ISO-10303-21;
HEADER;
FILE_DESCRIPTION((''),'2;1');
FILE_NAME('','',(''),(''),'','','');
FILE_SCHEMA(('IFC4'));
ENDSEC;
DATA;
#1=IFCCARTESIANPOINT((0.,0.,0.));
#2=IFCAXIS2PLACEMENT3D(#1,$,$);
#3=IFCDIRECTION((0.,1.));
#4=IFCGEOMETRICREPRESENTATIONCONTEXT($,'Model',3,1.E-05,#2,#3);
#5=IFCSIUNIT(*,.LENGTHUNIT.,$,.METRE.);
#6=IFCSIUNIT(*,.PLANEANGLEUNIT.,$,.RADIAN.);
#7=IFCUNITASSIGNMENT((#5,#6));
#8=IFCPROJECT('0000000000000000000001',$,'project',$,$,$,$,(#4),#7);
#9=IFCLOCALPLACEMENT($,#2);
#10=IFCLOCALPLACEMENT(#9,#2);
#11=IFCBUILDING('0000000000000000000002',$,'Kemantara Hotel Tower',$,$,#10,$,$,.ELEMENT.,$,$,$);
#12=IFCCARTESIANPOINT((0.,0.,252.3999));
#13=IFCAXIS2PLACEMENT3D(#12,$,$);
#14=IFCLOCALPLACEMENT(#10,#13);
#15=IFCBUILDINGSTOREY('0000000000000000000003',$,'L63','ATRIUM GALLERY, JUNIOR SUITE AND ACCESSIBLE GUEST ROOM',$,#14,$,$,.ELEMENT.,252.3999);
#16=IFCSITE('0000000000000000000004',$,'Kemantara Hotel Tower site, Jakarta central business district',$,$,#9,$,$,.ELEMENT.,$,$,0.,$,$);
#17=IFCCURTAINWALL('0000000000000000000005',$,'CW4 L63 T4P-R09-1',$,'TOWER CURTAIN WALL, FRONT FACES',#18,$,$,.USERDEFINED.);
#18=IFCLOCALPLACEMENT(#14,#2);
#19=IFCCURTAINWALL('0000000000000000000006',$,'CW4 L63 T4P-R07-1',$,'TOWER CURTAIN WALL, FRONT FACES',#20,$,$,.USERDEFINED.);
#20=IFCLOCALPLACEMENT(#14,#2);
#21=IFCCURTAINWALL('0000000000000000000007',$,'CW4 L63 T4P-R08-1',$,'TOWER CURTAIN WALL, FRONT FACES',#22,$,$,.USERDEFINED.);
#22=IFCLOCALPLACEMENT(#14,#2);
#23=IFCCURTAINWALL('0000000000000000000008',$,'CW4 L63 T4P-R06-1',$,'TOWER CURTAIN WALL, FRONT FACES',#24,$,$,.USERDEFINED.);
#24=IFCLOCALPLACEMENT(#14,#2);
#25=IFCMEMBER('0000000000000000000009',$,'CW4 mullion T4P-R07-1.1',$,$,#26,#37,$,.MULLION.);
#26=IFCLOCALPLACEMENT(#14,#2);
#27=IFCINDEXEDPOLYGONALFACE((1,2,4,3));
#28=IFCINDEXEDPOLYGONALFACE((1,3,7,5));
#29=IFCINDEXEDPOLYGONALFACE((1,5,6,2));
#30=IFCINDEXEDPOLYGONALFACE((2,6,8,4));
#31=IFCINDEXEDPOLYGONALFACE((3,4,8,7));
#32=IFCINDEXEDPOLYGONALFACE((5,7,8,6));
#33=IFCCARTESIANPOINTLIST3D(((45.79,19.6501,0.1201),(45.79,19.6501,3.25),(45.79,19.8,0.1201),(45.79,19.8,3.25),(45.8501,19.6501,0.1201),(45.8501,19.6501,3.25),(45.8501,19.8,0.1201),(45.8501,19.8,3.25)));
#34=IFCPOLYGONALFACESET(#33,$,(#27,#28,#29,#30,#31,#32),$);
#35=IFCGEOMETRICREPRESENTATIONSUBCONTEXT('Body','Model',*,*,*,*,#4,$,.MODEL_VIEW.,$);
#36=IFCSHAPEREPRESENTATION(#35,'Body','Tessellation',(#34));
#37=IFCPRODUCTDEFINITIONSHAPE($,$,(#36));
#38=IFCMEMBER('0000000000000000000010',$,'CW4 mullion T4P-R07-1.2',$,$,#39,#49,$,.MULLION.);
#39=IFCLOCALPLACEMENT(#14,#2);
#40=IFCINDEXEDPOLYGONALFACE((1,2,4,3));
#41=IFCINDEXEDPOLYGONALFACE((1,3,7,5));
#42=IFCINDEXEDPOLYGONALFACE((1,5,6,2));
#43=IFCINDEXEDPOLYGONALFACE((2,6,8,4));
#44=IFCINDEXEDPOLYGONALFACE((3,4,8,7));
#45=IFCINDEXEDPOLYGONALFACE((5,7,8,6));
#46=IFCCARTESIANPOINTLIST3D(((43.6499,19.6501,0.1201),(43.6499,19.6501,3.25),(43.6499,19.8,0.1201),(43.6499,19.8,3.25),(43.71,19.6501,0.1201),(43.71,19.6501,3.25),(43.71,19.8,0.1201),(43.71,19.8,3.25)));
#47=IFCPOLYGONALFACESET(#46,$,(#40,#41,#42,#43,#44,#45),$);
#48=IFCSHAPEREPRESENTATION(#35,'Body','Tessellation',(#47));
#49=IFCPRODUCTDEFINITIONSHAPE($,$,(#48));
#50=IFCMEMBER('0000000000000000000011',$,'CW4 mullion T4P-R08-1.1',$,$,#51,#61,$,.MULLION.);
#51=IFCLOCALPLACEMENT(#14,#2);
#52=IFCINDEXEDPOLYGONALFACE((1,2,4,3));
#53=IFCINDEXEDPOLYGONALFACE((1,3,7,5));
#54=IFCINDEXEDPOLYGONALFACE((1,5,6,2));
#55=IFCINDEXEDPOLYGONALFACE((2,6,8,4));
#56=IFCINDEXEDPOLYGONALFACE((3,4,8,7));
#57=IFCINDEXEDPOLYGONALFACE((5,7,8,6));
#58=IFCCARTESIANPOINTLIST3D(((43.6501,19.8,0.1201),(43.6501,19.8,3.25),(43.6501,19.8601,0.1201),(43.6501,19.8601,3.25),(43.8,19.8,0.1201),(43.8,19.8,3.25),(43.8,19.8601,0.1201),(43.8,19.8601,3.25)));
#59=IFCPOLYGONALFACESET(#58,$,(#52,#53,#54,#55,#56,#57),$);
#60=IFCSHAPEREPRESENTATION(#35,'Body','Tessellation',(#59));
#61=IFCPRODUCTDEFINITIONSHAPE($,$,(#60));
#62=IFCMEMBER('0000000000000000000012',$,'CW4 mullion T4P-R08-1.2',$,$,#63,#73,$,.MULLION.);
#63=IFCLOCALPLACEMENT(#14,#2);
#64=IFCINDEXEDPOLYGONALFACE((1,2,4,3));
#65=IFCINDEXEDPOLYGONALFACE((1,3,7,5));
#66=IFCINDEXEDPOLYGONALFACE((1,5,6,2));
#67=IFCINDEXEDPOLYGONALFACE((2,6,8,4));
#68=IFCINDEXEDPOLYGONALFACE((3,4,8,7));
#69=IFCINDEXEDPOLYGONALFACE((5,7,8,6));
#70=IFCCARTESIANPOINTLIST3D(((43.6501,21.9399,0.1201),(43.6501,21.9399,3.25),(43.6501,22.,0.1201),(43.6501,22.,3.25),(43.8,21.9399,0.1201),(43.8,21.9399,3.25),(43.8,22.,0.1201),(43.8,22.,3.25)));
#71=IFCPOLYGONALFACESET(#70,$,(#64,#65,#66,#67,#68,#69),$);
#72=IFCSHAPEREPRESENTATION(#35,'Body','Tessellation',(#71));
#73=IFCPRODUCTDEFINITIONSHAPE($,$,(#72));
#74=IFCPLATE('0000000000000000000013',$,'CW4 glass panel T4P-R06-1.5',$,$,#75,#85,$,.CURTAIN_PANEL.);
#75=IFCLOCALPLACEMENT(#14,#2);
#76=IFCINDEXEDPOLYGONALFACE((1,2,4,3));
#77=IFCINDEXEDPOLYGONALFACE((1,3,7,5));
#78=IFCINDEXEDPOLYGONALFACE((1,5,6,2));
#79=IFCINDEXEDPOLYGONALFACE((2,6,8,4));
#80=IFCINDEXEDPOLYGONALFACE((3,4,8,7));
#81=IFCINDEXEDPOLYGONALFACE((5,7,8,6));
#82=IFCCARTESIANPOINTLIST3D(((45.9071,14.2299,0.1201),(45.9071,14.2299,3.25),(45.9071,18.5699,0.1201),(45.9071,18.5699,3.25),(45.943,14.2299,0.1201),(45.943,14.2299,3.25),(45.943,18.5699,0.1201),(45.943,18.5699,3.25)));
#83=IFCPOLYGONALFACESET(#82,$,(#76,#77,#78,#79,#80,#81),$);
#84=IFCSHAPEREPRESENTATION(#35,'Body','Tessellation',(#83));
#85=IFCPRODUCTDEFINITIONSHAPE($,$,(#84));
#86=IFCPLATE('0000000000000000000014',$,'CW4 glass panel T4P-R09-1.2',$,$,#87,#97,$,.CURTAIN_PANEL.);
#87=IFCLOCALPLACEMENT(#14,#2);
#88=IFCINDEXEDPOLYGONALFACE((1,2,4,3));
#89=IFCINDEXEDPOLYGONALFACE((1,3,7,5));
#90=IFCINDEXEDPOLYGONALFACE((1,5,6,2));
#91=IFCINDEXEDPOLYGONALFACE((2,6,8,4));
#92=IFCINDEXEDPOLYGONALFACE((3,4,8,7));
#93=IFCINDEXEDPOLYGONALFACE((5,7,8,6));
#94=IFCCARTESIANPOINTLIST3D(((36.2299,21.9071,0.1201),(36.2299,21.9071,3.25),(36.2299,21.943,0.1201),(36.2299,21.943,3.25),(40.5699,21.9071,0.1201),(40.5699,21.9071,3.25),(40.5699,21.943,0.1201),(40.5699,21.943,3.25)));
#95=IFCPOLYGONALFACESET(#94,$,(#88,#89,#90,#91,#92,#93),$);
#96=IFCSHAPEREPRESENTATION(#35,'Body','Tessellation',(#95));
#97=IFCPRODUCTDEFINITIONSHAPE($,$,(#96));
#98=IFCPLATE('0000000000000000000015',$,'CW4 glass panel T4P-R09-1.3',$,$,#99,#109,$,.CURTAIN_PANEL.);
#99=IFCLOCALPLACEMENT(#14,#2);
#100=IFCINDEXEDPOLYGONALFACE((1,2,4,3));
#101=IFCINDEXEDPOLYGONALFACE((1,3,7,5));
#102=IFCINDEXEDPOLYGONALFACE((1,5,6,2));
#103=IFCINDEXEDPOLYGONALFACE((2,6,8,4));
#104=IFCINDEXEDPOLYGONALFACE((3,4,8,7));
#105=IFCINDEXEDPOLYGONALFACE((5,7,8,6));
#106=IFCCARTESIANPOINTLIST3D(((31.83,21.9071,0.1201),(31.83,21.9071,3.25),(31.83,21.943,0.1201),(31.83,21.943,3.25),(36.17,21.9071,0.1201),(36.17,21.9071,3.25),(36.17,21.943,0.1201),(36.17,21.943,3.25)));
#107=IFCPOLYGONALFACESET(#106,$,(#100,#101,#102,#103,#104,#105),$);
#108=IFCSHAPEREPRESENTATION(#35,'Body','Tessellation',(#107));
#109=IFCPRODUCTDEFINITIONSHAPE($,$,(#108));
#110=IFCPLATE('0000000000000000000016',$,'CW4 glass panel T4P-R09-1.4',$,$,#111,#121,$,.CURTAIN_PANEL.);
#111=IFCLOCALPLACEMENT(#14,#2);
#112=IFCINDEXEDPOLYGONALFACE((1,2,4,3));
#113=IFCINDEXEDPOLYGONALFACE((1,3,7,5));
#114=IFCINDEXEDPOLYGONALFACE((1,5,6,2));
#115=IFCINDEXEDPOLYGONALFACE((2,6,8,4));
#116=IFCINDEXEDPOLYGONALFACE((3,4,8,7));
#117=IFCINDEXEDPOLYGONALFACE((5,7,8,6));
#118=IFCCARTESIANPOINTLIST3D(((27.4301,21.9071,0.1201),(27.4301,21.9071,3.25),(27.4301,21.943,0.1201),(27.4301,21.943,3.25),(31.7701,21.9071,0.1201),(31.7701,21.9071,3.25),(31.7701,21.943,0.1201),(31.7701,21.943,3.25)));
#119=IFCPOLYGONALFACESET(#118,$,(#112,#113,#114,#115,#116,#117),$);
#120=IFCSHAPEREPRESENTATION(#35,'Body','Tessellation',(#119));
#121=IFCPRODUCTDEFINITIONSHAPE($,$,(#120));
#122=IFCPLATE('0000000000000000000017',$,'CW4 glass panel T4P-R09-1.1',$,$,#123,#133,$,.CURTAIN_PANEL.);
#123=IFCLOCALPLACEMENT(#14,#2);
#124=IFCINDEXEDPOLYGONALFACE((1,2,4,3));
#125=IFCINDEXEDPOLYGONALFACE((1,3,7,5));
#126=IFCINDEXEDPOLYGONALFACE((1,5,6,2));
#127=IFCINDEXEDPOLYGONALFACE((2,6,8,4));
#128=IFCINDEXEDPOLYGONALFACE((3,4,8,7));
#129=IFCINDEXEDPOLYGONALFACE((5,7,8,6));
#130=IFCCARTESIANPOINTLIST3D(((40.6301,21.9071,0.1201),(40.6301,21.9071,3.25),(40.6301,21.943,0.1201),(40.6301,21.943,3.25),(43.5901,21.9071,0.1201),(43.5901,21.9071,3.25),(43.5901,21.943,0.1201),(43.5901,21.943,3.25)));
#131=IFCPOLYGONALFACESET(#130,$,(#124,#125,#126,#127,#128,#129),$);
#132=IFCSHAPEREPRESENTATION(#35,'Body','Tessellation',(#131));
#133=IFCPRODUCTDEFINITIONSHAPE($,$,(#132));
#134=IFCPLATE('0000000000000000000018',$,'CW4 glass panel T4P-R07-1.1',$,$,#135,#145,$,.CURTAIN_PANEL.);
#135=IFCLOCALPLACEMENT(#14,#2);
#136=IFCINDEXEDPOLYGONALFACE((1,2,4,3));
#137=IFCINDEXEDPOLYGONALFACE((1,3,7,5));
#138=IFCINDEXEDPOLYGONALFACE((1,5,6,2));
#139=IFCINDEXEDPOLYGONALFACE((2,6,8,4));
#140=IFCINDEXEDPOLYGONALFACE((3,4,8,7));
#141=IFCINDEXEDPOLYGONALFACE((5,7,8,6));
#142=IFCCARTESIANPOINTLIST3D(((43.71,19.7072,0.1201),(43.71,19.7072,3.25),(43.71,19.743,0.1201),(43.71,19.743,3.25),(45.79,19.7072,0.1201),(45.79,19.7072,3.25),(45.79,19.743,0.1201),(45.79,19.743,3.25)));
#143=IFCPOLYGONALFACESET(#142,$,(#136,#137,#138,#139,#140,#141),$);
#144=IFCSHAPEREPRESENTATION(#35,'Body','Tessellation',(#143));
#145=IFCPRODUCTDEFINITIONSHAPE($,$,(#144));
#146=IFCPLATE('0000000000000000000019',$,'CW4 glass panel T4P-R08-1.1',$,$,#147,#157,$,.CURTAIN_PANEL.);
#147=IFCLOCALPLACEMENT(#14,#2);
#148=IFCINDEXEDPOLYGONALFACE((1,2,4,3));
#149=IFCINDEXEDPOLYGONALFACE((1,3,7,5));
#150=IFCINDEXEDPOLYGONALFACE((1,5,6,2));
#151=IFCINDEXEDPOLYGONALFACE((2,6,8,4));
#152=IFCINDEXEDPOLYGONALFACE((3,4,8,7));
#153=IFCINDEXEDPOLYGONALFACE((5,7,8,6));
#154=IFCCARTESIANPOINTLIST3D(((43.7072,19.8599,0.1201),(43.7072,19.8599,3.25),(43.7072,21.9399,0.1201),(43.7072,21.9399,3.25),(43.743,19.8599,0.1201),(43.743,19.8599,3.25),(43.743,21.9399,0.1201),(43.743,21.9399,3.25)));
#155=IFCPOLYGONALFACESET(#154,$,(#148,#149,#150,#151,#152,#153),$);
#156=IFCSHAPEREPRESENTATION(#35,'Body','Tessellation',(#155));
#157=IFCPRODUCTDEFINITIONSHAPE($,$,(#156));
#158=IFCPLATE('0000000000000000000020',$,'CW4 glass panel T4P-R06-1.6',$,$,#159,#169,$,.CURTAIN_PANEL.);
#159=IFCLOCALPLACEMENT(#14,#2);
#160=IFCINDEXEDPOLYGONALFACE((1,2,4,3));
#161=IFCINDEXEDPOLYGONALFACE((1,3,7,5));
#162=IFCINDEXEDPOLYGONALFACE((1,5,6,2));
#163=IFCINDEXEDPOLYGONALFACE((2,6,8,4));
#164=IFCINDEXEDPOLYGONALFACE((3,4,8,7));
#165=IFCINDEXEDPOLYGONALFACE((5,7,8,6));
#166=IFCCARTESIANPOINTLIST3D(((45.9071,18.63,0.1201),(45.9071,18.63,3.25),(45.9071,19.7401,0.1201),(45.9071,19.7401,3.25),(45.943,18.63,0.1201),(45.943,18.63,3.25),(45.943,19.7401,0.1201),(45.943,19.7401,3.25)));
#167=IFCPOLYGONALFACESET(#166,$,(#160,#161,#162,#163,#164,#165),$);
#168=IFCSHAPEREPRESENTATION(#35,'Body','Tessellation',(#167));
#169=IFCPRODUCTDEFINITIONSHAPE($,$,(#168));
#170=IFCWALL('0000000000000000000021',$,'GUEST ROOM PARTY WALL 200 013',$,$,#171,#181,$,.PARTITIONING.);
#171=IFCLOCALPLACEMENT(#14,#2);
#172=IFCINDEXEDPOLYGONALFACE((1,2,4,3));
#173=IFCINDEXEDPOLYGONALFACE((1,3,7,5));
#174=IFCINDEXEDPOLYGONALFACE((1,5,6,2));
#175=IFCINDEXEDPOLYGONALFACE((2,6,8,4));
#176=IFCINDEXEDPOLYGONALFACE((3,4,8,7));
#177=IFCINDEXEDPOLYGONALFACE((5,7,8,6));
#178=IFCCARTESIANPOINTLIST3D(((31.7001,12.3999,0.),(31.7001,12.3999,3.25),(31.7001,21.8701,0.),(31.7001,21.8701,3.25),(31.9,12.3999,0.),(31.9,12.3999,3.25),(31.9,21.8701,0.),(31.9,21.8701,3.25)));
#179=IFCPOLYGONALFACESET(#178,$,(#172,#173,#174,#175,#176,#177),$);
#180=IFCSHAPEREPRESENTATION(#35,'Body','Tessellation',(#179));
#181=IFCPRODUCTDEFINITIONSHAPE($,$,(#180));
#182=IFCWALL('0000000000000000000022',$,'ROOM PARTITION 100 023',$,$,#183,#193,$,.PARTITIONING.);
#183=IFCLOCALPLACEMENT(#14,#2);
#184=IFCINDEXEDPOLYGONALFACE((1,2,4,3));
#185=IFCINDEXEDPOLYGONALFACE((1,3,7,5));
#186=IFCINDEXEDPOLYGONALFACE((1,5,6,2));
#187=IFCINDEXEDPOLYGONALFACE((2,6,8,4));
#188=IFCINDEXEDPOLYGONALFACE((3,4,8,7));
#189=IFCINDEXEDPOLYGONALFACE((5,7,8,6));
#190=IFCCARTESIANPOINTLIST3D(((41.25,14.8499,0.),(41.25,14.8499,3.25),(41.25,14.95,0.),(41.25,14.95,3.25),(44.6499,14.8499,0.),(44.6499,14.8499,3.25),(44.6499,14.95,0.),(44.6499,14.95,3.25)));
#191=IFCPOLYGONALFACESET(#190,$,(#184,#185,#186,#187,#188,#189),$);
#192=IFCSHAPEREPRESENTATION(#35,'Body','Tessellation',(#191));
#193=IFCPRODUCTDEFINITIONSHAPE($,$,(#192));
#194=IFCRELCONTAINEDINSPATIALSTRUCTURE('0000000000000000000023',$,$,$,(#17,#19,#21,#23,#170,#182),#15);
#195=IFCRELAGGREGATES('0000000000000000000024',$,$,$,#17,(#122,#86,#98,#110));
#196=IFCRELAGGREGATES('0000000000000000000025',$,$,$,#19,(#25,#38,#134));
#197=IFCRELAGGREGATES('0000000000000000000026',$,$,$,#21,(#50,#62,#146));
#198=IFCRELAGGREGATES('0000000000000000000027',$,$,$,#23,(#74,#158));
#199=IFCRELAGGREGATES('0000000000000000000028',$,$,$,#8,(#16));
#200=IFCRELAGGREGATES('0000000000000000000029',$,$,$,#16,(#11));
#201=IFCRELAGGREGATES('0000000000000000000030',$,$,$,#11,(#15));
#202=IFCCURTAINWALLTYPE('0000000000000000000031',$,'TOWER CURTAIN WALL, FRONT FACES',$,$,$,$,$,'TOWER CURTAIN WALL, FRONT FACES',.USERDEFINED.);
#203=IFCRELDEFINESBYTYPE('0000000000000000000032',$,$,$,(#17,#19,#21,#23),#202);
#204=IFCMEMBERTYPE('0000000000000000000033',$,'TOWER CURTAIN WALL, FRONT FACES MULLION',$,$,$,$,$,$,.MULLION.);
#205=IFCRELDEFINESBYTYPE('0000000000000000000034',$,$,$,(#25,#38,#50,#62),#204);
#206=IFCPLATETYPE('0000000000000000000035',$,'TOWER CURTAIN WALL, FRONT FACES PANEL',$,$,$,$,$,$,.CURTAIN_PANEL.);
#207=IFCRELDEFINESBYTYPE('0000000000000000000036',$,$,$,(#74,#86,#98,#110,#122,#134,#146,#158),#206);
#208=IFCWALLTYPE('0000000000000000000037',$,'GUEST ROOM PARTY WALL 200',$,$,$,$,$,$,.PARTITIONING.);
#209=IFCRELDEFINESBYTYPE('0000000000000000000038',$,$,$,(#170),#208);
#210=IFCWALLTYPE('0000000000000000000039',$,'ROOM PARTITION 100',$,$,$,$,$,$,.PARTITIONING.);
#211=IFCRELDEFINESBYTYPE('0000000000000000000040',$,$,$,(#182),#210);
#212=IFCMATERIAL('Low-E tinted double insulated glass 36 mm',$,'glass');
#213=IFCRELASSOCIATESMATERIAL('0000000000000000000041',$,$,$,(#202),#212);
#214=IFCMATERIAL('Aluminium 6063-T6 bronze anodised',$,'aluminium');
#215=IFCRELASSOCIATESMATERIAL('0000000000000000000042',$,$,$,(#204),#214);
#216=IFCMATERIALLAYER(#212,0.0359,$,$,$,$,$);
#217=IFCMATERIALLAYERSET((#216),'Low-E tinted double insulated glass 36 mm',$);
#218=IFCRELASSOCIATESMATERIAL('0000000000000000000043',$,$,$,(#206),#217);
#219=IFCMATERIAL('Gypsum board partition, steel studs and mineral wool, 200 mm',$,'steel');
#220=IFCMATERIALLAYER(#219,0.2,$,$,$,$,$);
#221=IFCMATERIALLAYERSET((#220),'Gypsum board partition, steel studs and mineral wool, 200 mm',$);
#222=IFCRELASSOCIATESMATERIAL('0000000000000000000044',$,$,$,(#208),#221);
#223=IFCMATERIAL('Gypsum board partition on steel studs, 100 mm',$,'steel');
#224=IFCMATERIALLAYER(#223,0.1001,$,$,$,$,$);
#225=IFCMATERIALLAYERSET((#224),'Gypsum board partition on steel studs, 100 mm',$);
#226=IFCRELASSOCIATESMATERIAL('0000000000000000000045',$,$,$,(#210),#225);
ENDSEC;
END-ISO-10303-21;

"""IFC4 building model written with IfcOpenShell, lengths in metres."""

from ifc_helpers import new_model, si_unit, direction, frame, frame_2d, origin, origin_2d, place, context, subcontext, project, spatial, rectangle, extrude, source, transform, mapped, material, layer, layer_set, material_profile, profile_set, type_object, element, aggregate, save


model = new_model("IFC4")

# Units and contexts
model_context = context("Model", 3, precision=1e-05, world=origin(), true_north=direction((0.0, 1.0)))
body_context = subcontext(model_context, "Body", "Model", "MODEL_VIEW")
ifc_project = project(units=[si_unit("LENGTHUNIT", "METRE"), si_unit("PLANEANGLEUNIT", "RADIAN")], contexts=[model_context])

# Site, building, storey
site_placement = place(None, origin())
site = spatial("IfcSite", under=ifc_project, at=site_placement, Name="Kemantara Hotel Tower site, Jakarta central business district", CompositionType="ELEMENT", RefElevation=0.0)
building_placement = place(site_placement, origin())
building = spatial("IfcBuilding", under=site, at=building_placement, Name="Kemantara Hotel Tower", CompositionType="ELEMENT")
storey_placement = place(building_placement, frame((0.0, 0.0, 252.3999)))
storey = spatial("IfcBuildingStorey", under=building, at=storey_placement, Name="L63", Description="ATRIUM GALLERY, JUNIOR SUITE AND ACCESSIBLE GUEST ROOM", CompositionType="ELEMENT", Elevation=252.3999)

# Curtain walls
ifc_material_1 = material(Name="Low-E tinted double insulated glass 36 mm", Category="glass")
curtain_wall_type = type_object("IfcCurtainWallType", Name="TOWER CURTAIN WALL, FRONT FACES", ElementType="TOWER CURTAIN WALL, FRONT FACES", PredefinedType="USERDEFINED", material=ifc_material_1)
curtain_wall_1_placement = place(storey_placement, origin())
curtain_wall_1 = element("IfcCurtainWall", 1, at=curtain_wall_1_placement, inside=storey, type_object=curtain_wall_type, Name="CW4 L63 T4P-R09-1", ObjectType="TOWER CURTAIN WALL, FRONT FACES", PredefinedType="USERDEFINED")
ifc_material_2 = material(Name="Aluminium 6063-T6 bronze anodised", Category="aluminium")
curtain_wall_2_placement = place(storey_placement, origin())
curtain_wall_2 = element("IfcCurtainWall", 2, at=curtain_wall_2_placement, inside=storey, type_object=curtain_wall_type, Name="CW4 L63 T4P-R07-1", ObjectType="TOWER CURTAIN WALL, FRONT FACES", PredefinedType="USERDEFINED")
curtain_wall_3_placement = place(storey_placement, origin())
curtain_wall_3 = element("IfcCurtainWall", 3, at=curtain_wall_3_placement, inside=storey, type_object=curtain_wall_type, Name="CW4 L63 T4P-R08-1", ObjectType="TOWER CURTAIN WALL, FRONT FACES", PredefinedType="USERDEFINED")

# Curtain wall
curtain_wall_4_placement = place(storey_placement, origin())
curtain_wall_4 = element("IfcCurtainWall", 4, at=curtain_wall_4_placement, inside=storey, type_object=curtain_wall_type, Name="CW4 L63 T4P-R06-1", ObjectType="TOWER CURTAIN WALL, FRONT FACES", PredefinedType="USERDEFINED")
ifc_material_profile_1 = material_profile(ifc_material_2, rectangle(XDim=0.1499, YDim=0.0601, at=origin_2d()), Name="TOWER CURTAIN WALL, FRONT FACES MULLION")
ifc_profile_set_1 = profile_set([ifc_material_profile_1], Name="Aluminium 6063-T6 bronze anodised")
member_type_1 = type_object("IfcMemberType", Name="TOWER CURTAIN WALL, FRONT FACES MULLION", PredefinedType="MULLION", material=ifc_profile_set_1)
shared_shape_1 = source(origin(), body_context, "Body", "SweptSolid", [
    extrude(rectangle(XDim=0.1499, YDim=0.0601, at=origin_2d()), origin(), (0.0, 0.0, 1.0), 3.1299),
])

# Members
member_1_placement = place(storey_placement, frame((45.8201, 19.7251, 0.1201), z_axis=(0.0, 0.0, 1.0), x_axis=(0.0, -1.0, 0.0)))
member_1 = element("IfcMember", 5, at=member_1_placement, type_object=member_type_1, Name="CW4 mullion T4P-R07-1.1", PredefinedType="MULLION", context=body_context, shape_type="MappedRepresentation", body=[
    mapped(shared_shape_1, transform((0.0, 0.0, 0.0))),
])
member_2_placement = place(storey_placement, frame((43.6799, 19.7251, 0.1201), z_axis=(0.0, 0.0, 1.0), x_axis=(0.0, -1.0, 0.0)))
member_2 = element("IfcMember", 6, at=member_2_placement, type_object=member_type_1, Name="CW4 mullion T4P-R07-1.2", PredefinedType="MULLION", context=body_context, shape_type="MappedRepresentation", body=[
    mapped(shared_shape_1, transform((0.0, 0.0, 0.0))),
])
member_3_placement = place(storey_placement, frame((43.7251, 19.8301, 0.1201), z_axis=(0.0, 0.0, 1.0), x_axis=(-1.0, 0.0, 0.0)))
member_3 = element("IfcMember", 7, at=member_3_placement, type_object=member_type_1, Name="CW4 mullion T4P-R08-1.1", PredefinedType="MULLION", context=body_context, shape_type="MappedRepresentation", body=[
    mapped(shared_shape_1, transform((0.0, 0.0, 0.0))),
])
member_4_placement = place(storey_placement, frame((43.7251, 21.97, 0.1201), z_axis=(0.0, 0.0, 1.0), x_axis=(-1.0, 0.0, 0.0)))
member_4 = element("IfcMember", 8, at=member_4_placement, type_object=member_type_1, Name="CW4 mullion T4P-R08-1.2", PredefinedType="MULLION", context=body_context, shape_type="MappedRepresentation", body=[
    mapped(shared_shape_1, transform((0.0, 0.0, 0.0))),
])

# Plates
ifc_layer_1 = layer(ifc_material_1, 0.0359)
ifc_layer_set_1 = layer_set([ifc_layer_1], Name="Low-E tinted double insulated glass 36 mm")
plate_type = type_object("IfcPlateType", Name="TOWER CURTAIN WALL, FRONT FACES PANEL", PredefinedType="CURTAIN_PANEL", material=ifc_layer_set_1)
shared_shape_2 = source(origin(), body_context, "Body", "SweptSolid", [
    extrude(rectangle(XDim=4.3401, YDim=0.0359, at=origin_2d()), origin(), (0.0, 0.0, 1.0), 3.1299),
])
plate_1_placement = place(storey_placement, frame((45.925, 16.3999, 0.1201), z_axis=(0.0, 0.0, 1.0), x_axis=(0.0, 1.0, 0.0)))
plate_1 = element("IfcPlate", 9, at=plate_1_placement, type_object=plate_type, Name="CW4 glass panel T4P-R06-1.5", PredefinedType="CURTAIN_PANEL", context=body_context, shape_type="MappedRepresentation", body=[
    mapped(shared_shape_2, transform((0.0, 0.0, 0.0))),
])
plate_2_placement = place(storey_placement, frame((38.3999, 21.925, 0.1201), z_axis=(0.0, 0.0, 1.0), x_axis=(-1.0, 0.0, 0.0)))
plate_2 = element("IfcPlate", 10, at=plate_2_placement, type_object=plate_type, Name="CW4 glass panel T4P-R09-1.2", PredefinedType="CURTAIN_PANEL", context=body_context, shape_type="MappedRepresentation", body=[
    mapped(shared_shape_2, transform((0.0, 0.0, 0.0))),
])
plate_3_placement = place(storey_placement, frame((34.0, 21.925, 0.1201), z_axis=(0.0, 0.0, 1.0), x_axis=(-1.0, 0.0, 0.0)))
plate_3 = element("IfcPlate", 11, at=plate_3_placement, type_object=plate_type, Name="CW4 glass panel T4P-R09-1.3", PredefinedType="CURTAIN_PANEL", context=body_context, shape_type="MappedRepresentation", body=[
    mapped(shared_shape_2, transform((0.0, 0.0, 0.0))),
])
plate_4_placement = place(storey_placement, frame((29.6001, 21.925, 0.1201), z_axis=(0.0, 0.0, 1.0), x_axis=(-1.0, 0.0, 0.0)))
plate_4 = element("IfcPlate", 12, at=plate_4_placement, type_object=plate_type, Name="CW4 glass panel T4P-R09-1.4", PredefinedType="CURTAIN_PANEL", context=body_context, shape_type="MappedRepresentation", body=[
    mapped(shared_shape_2, transform((0.0, 0.0, 0.0))),
])
shared_shape_3 = source(origin(), body_context, "Body", "SweptSolid", [
    extrude(rectangle(XDim=2.96, YDim=0.0359, at=origin_2d()), origin(), (0.0, 0.0, 1.0), 3.1299),
])
plate_5_placement = place(storey_placement, frame((42.1101, 21.925, 0.1201), z_axis=(0.0, 0.0, 1.0), x_axis=(-1.0, 0.0, 0.0)))
plate_5 = element("IfcPlate", 13, at=plate_5_placement, type_object=plate_type, Name="CW4 glass panel T4P-R09-1.1", PredefinedType="CURTAIN_PANEL", context=body_context, shape_type="MappedRepresentation", body=[
    mapped(shared_shape_3, transform((0.0, 0.0, 0.0))),
])
aggregate(curtain_wall_1, [plate_5, plate_2, plate_3, plate_4])
shared_shape_4 = source(origin(), body_context, "Body", "SweptSolid", [
    extrude(rectangle(XDim=2.0801, YDim=0.0359, at=origin_2d()), origin(), (0.0, 0.0, 1.0), 3.1299),
])
plate_6_placement = place(storey_placement, frame((44.75, 19.7251, 0.1201), z_axis=(0.0, 0.0, 1.0), x_axis=(-1.0, 0.0, 0.0)))
plate_6 = element("IfcPlate", 14, at=plate_6_placement, type_object=plate_type, Name="CW4 glass panel T4P-R07-1.1", PredefinedType="CURTAIN_PANEL", context=body_context, shape_type="MappedRepresentation", body=[
    mapped(shared_shape_4, transform((0.0, 0.0, 0.0))),
])
aggregate(curtain_wall_2, [member_1, member_2, plate_6])
plate_7_placement = place(storey_placement, frame((43.7251, 20.8999, 0.1201), z_axis=(0.0, 0.0, 1.0), x_axis=(0.0, 1.0, 0.0)))
plate_7 = element("IfcPlate", 15, at=plate_7_placement, type_object=plate_type, Name="CW4 glass panel T4P-R08-1.1", PredefinedType="CURTAIN_PANEL", context=body_context, shape_type="MappedRepresentation", body=[
    mapped(shared_shape_4, transform((0.0, 0.0, 0.0))),
])
aggregate(curtain_wall_3, [member_3, member_4, plate_7])
shared_shape_5 = source(origin(), body_context, "Body", "SweptSolid", [
    extrude(rectangle(XDim=1.1101, YDim=0.0359, at=origin_2d()), origin(), (0.0, 0.0, 1.0), 3.1299),
])
plate_8_placement = place(storey_placement, frame((45.925, 19.1851, 0.1201), z_axis=(0.0, 0.0, 1.0), x_axis=(0.0, 1.0, 0.0)))
plate_8 = element("IfcPlate", 16, at=plate_8_placement, type_object=plate_type, Name="CW4 glass panel T4P-R06-1.6", PredefinedType="CURTAIN_PANEL", context=body_context, shape_type="MappedRepresentation", body=[
    mapped(shared_shape_5, transform((0.0, 0.0, 0.0))),
])
aggregate(curtain_wall_4, [plate_1, plate_8])

# Walls
ifc_material_3 = material(Name="Gypsum board partition, steel studs and mineral wool, 200 mm", Category="steel")
ifc_layer_2 = layer(ifc_material_3, 0.2)
ifc_layer_set_2 = layer_set([ifc_layer_2], Name="Gypsum board partition, steel studs and mineral wool, 200 mm")
wall_type_1 = type_object("IfcWallType", Name="GUEST ROOM PARTY WALL 200", PredefinedType="PARTITIONING", material=ifc_layer_set_2)
wall_1_placement = place(storey_placement, frame((31.8, 12.3999, 0.0), z_axis=(0.0, 0.0, 1.0), x_axis=(0.0, 1.0, 0.0)))
element("IfcWall", 17, at=wall_1_placement, inside=storey, type_object=wall_type_1, Name="GUEST ROOM PARTY WALL 200 013", PredefinedType="PARTITIONING", context=body_context, shape_type="SweptSolid", body=[
    extrude(rectangle(XDim=9.4702, YDim=0.2, at=frame_2d((4.7351, 0.0))), origin(), (0.0, 0.0, 1.0), 3.25),
])
ifc_material_4 = material(Name="Gypsum board partition on steel studs, 100 mm", Category="steel")
ifc_layer_3 = layer(ifc_material_4, 0.1001)
ifc_layer_set_3 = layer_set([ifc_layer_3], Name="Gypsum board partition on steel studs, 100 mm")
wall_type_2 = type_object("IfcWallType", Name="ROOM PARTITION 100", PredefinedType="PARTITIONING", material=ifc_layer_set_3)
wall_2_placement = place(storey_placement, frame((41.25, 14.8999, 0.0), z_axis=(0.0, 0.0, 1.0), x_axis=(1.0, 0.0, 0.0)))
element("IfcWall", 18, at=wall_2_placement, inside=storey, type_object=wall_type_2, Name="ROOM PARTITION 100 023", PredefinedType="PARTITIONING", context=body_context, shape_type="SweptSolid", body=[
    extrude(rectangle(XDim=3.3999, YDim=0.1001, at=frame_2d((1.7, 0.0))), origin(), (0.0, 0.0, 1.0), 3.25),
])

save(model, "model.ifc")
